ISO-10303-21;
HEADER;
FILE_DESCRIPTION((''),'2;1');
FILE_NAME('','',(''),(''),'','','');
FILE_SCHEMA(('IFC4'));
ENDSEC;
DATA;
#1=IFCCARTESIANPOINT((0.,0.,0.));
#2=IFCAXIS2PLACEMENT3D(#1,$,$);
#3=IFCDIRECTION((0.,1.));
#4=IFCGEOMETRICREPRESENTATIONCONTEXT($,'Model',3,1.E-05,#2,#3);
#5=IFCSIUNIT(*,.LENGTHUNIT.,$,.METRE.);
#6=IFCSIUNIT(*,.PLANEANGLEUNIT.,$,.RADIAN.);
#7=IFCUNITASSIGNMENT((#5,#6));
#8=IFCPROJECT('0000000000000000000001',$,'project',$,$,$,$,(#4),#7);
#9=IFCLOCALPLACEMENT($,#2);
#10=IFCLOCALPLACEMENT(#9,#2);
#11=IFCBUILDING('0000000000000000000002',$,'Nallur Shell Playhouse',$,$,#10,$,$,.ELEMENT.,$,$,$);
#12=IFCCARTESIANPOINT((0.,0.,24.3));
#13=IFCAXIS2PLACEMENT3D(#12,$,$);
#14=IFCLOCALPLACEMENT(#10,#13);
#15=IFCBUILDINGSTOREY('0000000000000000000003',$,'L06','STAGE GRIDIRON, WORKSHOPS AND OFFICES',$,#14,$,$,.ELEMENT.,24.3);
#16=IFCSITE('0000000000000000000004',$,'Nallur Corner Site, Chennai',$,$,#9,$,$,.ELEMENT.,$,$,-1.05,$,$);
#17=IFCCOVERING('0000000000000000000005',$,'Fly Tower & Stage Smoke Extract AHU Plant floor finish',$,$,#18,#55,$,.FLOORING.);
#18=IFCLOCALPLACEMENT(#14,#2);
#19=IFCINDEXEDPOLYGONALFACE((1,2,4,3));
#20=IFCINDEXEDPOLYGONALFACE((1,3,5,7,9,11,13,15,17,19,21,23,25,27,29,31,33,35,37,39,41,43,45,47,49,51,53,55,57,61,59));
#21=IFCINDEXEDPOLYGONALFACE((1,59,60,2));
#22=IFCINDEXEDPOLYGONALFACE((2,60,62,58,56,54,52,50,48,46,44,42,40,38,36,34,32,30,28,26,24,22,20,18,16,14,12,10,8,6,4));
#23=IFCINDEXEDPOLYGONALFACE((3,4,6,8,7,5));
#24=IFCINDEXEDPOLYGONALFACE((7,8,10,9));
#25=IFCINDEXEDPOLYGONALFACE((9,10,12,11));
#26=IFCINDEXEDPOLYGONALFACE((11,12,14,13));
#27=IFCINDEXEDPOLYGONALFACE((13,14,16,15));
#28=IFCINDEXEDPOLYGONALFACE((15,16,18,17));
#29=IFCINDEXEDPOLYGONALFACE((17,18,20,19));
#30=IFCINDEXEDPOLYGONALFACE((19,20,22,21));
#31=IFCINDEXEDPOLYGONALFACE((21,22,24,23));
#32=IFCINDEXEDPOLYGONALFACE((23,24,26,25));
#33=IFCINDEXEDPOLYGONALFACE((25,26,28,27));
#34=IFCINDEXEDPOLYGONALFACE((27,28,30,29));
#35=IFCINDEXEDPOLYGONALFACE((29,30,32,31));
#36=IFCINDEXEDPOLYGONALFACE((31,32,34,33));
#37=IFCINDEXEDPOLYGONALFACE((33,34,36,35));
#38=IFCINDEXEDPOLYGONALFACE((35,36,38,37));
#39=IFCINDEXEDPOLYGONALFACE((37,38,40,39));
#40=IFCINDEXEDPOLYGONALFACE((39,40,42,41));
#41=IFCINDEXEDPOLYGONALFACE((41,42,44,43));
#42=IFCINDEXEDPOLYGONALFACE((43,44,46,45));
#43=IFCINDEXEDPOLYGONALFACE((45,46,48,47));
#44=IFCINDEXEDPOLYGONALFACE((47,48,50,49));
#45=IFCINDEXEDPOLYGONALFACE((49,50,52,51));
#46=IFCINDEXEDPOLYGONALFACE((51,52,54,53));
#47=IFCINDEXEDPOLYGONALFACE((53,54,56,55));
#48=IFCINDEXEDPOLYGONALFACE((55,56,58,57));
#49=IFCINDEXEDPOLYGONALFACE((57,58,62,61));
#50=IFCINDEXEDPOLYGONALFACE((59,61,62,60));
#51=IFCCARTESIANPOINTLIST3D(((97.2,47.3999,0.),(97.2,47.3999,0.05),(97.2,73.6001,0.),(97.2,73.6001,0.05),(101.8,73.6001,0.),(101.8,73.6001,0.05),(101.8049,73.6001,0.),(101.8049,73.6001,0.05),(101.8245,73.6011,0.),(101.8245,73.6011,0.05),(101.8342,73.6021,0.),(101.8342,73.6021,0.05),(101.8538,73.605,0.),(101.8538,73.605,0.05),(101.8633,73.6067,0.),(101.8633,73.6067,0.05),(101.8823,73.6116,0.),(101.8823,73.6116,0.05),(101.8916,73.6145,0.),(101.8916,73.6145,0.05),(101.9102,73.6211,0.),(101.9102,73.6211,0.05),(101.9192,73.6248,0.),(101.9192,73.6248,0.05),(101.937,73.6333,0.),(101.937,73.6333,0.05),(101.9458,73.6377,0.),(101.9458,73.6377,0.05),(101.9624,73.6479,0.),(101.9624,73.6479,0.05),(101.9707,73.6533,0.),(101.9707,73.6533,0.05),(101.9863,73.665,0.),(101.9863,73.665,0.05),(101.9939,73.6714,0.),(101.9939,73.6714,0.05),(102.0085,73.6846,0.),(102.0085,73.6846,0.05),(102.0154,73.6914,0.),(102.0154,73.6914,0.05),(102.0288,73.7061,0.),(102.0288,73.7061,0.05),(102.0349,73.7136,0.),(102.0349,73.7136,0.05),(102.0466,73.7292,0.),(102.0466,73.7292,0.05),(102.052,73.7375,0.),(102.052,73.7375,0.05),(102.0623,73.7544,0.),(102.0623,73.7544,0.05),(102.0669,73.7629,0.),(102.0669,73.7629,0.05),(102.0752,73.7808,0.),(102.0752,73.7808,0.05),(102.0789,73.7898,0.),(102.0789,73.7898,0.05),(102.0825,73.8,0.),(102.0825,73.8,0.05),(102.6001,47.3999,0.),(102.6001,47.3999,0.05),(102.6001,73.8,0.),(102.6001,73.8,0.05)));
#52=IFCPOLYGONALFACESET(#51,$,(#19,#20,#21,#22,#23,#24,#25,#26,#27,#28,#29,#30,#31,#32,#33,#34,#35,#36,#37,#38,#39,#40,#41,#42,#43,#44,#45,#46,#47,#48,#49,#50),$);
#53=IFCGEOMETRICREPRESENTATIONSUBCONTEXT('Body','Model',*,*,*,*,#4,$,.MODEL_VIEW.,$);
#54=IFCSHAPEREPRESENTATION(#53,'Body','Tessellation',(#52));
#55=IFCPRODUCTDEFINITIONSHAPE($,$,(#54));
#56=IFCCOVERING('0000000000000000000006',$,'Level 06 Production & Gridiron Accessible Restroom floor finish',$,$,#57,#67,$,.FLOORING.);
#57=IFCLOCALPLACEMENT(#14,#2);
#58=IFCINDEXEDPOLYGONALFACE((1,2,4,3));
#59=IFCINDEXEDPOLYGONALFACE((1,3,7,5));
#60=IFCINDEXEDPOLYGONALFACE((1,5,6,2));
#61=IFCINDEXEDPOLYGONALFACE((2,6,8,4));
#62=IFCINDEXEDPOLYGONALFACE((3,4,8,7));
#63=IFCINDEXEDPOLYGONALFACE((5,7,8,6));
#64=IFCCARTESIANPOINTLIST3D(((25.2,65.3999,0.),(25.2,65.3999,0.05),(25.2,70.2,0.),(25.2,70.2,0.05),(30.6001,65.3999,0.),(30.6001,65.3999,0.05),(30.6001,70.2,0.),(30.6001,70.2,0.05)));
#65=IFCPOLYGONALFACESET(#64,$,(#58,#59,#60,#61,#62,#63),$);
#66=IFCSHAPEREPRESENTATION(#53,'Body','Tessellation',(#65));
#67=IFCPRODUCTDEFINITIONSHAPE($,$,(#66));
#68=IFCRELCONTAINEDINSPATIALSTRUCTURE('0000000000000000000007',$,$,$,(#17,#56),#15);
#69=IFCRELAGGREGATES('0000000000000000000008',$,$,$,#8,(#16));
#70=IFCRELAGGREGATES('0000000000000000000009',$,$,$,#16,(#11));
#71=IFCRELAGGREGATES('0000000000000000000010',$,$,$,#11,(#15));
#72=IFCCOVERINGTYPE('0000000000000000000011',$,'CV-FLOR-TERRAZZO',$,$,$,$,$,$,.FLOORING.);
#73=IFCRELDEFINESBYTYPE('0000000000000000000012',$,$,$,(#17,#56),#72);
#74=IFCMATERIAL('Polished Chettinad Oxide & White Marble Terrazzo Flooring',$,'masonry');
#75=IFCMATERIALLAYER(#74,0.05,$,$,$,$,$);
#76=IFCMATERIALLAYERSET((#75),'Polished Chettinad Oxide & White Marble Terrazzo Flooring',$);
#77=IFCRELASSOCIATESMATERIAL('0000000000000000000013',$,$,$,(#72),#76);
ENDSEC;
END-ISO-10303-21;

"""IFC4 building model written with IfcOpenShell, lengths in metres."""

from ifc_helpers import new_model, si_unit, direction, frame, origin, place, context, subcontext, project, spatial, polyline, outline, extrude, material, layer, layer_set, type_object, element, save


model = new_model("IFC4")

# Units and contexts
model_context = context("Model", 3, precision=1e-05, world=origin(), true_north=direction((0.0, 1.0)))
body_context = subcontext(model_context, "Body", "Model", "MODEL_VIEW")
ifc_project = project(units=[si_unit("LENGTHUNIT", "METRE"), si_unit("PLANEANGLEUNIT", "RADIAN")], contexts=[model_context])

# Site, building, storey
site_placement = place(None, origin())
site = spatial("IfcSite", under=ifc_project, at=site_placement, Name="Nallur Corner Site, Chennai", CompositionType="ELEMENT", RefElevation=-1.05)
building_placement = place(site_placement, origin())
building = spatial("IfcBuilding", under=site, at=building_placement, Name="Nallur Shell Playhouse", CompositionType="ELEMENT")
storey_placement = place(building_placement, frame((0.0, 0.0, 24.3)))
storey = spatial("IfcBuildingStorey", under=building, at=storey_placement, Name="L06", Description="STAGE GRIDIRON, WORKSHOPS AND OFFICES", CompositionType="ELEMENT", Elevation=24.3)

# Coverings
ifc_material_1 = material(Name="Polished Chettinad Oxide & White Marble Terrazzo Flooring", Category="masonry")
ifc_layer_1 = layer(ifc_material_1, 0.05)
ifc_layer_set_1 = layer_set([ifc_layer_1], Name="Polished Chettinad Oxide & White Marble Terrazzo Flooring")
covering_type_1 = type_object("IfcCoveringType", Name="CV-FLOR-TERRAZZO", PredefinedType="FLOORING", material=ifc_layer_set_1)
covering_1_placement = place(storey_placement, origin())
element("IfcCovering", 1, at=covering_1_placement, inside=storey, type_object=covering_type_1, Name="Fly Tower & Stage Smoke Extract AHU Plant floor finish", PredefinedType="FLOORING", context=body_context, shape_type="SweptSolid", body=[
    extrude(outline(polyline([(101.8245, 73.6011), (101.8342, 73.6021), (101.8538, 73.605), (101.8633, 73.6067), (101.8823, 73.6116), (101.8916, 73.6145), (101.9102, 73.6211), (101.9192, 73.6248), (101.937, 73.6333), (101.9458, 73.6377), (101.9624, 73.6479), (101.9707, 73.6533), (101.9863, 73.665), (101.9939, 73.6714), (102.0085, 73.6846), (102.0154, 73.6914), (102.0288, 73.7061), (102.0349, 73.7136), (102.0466, 73.7292), (102.052, 73.7375), (102.0623, 73.7544), (102.0669, 73.7629), (102.0752, 73.7808), (102.0789, 73.7898), (102.0825, 73.8), (102.6001, 73.8), (102.6001, 47.3999), (97.2, 47.3999), (97.2, 73.6001), (101.8, 73.6001), (101.8049, 73.6001), (101.8245, 73.6011)])), origin(), (0.0, 0.0, 1.0), 0.05),
])
covering_2_placement = place(storey_placement, origin())
element("IfcCovering", 2, at=covering_2_placement, inside=storey, type_object=covering_type_1, Name="Level 06 Production & Gridiron Accessible Restroom floor finish", PredefinedType="FLOORING", context=body_context, shape_type="SweptSolid", body=[
    extrude(outline(polyline([(25.2, 70.2), (30.6001, 70.2), (30.6001, 65.3999), (25.2, 65.3999), (25.2, 70.2)])), origin(), (0.0, 0.0, 1.0), 0.05),
])

save(model, "model.ifc")
